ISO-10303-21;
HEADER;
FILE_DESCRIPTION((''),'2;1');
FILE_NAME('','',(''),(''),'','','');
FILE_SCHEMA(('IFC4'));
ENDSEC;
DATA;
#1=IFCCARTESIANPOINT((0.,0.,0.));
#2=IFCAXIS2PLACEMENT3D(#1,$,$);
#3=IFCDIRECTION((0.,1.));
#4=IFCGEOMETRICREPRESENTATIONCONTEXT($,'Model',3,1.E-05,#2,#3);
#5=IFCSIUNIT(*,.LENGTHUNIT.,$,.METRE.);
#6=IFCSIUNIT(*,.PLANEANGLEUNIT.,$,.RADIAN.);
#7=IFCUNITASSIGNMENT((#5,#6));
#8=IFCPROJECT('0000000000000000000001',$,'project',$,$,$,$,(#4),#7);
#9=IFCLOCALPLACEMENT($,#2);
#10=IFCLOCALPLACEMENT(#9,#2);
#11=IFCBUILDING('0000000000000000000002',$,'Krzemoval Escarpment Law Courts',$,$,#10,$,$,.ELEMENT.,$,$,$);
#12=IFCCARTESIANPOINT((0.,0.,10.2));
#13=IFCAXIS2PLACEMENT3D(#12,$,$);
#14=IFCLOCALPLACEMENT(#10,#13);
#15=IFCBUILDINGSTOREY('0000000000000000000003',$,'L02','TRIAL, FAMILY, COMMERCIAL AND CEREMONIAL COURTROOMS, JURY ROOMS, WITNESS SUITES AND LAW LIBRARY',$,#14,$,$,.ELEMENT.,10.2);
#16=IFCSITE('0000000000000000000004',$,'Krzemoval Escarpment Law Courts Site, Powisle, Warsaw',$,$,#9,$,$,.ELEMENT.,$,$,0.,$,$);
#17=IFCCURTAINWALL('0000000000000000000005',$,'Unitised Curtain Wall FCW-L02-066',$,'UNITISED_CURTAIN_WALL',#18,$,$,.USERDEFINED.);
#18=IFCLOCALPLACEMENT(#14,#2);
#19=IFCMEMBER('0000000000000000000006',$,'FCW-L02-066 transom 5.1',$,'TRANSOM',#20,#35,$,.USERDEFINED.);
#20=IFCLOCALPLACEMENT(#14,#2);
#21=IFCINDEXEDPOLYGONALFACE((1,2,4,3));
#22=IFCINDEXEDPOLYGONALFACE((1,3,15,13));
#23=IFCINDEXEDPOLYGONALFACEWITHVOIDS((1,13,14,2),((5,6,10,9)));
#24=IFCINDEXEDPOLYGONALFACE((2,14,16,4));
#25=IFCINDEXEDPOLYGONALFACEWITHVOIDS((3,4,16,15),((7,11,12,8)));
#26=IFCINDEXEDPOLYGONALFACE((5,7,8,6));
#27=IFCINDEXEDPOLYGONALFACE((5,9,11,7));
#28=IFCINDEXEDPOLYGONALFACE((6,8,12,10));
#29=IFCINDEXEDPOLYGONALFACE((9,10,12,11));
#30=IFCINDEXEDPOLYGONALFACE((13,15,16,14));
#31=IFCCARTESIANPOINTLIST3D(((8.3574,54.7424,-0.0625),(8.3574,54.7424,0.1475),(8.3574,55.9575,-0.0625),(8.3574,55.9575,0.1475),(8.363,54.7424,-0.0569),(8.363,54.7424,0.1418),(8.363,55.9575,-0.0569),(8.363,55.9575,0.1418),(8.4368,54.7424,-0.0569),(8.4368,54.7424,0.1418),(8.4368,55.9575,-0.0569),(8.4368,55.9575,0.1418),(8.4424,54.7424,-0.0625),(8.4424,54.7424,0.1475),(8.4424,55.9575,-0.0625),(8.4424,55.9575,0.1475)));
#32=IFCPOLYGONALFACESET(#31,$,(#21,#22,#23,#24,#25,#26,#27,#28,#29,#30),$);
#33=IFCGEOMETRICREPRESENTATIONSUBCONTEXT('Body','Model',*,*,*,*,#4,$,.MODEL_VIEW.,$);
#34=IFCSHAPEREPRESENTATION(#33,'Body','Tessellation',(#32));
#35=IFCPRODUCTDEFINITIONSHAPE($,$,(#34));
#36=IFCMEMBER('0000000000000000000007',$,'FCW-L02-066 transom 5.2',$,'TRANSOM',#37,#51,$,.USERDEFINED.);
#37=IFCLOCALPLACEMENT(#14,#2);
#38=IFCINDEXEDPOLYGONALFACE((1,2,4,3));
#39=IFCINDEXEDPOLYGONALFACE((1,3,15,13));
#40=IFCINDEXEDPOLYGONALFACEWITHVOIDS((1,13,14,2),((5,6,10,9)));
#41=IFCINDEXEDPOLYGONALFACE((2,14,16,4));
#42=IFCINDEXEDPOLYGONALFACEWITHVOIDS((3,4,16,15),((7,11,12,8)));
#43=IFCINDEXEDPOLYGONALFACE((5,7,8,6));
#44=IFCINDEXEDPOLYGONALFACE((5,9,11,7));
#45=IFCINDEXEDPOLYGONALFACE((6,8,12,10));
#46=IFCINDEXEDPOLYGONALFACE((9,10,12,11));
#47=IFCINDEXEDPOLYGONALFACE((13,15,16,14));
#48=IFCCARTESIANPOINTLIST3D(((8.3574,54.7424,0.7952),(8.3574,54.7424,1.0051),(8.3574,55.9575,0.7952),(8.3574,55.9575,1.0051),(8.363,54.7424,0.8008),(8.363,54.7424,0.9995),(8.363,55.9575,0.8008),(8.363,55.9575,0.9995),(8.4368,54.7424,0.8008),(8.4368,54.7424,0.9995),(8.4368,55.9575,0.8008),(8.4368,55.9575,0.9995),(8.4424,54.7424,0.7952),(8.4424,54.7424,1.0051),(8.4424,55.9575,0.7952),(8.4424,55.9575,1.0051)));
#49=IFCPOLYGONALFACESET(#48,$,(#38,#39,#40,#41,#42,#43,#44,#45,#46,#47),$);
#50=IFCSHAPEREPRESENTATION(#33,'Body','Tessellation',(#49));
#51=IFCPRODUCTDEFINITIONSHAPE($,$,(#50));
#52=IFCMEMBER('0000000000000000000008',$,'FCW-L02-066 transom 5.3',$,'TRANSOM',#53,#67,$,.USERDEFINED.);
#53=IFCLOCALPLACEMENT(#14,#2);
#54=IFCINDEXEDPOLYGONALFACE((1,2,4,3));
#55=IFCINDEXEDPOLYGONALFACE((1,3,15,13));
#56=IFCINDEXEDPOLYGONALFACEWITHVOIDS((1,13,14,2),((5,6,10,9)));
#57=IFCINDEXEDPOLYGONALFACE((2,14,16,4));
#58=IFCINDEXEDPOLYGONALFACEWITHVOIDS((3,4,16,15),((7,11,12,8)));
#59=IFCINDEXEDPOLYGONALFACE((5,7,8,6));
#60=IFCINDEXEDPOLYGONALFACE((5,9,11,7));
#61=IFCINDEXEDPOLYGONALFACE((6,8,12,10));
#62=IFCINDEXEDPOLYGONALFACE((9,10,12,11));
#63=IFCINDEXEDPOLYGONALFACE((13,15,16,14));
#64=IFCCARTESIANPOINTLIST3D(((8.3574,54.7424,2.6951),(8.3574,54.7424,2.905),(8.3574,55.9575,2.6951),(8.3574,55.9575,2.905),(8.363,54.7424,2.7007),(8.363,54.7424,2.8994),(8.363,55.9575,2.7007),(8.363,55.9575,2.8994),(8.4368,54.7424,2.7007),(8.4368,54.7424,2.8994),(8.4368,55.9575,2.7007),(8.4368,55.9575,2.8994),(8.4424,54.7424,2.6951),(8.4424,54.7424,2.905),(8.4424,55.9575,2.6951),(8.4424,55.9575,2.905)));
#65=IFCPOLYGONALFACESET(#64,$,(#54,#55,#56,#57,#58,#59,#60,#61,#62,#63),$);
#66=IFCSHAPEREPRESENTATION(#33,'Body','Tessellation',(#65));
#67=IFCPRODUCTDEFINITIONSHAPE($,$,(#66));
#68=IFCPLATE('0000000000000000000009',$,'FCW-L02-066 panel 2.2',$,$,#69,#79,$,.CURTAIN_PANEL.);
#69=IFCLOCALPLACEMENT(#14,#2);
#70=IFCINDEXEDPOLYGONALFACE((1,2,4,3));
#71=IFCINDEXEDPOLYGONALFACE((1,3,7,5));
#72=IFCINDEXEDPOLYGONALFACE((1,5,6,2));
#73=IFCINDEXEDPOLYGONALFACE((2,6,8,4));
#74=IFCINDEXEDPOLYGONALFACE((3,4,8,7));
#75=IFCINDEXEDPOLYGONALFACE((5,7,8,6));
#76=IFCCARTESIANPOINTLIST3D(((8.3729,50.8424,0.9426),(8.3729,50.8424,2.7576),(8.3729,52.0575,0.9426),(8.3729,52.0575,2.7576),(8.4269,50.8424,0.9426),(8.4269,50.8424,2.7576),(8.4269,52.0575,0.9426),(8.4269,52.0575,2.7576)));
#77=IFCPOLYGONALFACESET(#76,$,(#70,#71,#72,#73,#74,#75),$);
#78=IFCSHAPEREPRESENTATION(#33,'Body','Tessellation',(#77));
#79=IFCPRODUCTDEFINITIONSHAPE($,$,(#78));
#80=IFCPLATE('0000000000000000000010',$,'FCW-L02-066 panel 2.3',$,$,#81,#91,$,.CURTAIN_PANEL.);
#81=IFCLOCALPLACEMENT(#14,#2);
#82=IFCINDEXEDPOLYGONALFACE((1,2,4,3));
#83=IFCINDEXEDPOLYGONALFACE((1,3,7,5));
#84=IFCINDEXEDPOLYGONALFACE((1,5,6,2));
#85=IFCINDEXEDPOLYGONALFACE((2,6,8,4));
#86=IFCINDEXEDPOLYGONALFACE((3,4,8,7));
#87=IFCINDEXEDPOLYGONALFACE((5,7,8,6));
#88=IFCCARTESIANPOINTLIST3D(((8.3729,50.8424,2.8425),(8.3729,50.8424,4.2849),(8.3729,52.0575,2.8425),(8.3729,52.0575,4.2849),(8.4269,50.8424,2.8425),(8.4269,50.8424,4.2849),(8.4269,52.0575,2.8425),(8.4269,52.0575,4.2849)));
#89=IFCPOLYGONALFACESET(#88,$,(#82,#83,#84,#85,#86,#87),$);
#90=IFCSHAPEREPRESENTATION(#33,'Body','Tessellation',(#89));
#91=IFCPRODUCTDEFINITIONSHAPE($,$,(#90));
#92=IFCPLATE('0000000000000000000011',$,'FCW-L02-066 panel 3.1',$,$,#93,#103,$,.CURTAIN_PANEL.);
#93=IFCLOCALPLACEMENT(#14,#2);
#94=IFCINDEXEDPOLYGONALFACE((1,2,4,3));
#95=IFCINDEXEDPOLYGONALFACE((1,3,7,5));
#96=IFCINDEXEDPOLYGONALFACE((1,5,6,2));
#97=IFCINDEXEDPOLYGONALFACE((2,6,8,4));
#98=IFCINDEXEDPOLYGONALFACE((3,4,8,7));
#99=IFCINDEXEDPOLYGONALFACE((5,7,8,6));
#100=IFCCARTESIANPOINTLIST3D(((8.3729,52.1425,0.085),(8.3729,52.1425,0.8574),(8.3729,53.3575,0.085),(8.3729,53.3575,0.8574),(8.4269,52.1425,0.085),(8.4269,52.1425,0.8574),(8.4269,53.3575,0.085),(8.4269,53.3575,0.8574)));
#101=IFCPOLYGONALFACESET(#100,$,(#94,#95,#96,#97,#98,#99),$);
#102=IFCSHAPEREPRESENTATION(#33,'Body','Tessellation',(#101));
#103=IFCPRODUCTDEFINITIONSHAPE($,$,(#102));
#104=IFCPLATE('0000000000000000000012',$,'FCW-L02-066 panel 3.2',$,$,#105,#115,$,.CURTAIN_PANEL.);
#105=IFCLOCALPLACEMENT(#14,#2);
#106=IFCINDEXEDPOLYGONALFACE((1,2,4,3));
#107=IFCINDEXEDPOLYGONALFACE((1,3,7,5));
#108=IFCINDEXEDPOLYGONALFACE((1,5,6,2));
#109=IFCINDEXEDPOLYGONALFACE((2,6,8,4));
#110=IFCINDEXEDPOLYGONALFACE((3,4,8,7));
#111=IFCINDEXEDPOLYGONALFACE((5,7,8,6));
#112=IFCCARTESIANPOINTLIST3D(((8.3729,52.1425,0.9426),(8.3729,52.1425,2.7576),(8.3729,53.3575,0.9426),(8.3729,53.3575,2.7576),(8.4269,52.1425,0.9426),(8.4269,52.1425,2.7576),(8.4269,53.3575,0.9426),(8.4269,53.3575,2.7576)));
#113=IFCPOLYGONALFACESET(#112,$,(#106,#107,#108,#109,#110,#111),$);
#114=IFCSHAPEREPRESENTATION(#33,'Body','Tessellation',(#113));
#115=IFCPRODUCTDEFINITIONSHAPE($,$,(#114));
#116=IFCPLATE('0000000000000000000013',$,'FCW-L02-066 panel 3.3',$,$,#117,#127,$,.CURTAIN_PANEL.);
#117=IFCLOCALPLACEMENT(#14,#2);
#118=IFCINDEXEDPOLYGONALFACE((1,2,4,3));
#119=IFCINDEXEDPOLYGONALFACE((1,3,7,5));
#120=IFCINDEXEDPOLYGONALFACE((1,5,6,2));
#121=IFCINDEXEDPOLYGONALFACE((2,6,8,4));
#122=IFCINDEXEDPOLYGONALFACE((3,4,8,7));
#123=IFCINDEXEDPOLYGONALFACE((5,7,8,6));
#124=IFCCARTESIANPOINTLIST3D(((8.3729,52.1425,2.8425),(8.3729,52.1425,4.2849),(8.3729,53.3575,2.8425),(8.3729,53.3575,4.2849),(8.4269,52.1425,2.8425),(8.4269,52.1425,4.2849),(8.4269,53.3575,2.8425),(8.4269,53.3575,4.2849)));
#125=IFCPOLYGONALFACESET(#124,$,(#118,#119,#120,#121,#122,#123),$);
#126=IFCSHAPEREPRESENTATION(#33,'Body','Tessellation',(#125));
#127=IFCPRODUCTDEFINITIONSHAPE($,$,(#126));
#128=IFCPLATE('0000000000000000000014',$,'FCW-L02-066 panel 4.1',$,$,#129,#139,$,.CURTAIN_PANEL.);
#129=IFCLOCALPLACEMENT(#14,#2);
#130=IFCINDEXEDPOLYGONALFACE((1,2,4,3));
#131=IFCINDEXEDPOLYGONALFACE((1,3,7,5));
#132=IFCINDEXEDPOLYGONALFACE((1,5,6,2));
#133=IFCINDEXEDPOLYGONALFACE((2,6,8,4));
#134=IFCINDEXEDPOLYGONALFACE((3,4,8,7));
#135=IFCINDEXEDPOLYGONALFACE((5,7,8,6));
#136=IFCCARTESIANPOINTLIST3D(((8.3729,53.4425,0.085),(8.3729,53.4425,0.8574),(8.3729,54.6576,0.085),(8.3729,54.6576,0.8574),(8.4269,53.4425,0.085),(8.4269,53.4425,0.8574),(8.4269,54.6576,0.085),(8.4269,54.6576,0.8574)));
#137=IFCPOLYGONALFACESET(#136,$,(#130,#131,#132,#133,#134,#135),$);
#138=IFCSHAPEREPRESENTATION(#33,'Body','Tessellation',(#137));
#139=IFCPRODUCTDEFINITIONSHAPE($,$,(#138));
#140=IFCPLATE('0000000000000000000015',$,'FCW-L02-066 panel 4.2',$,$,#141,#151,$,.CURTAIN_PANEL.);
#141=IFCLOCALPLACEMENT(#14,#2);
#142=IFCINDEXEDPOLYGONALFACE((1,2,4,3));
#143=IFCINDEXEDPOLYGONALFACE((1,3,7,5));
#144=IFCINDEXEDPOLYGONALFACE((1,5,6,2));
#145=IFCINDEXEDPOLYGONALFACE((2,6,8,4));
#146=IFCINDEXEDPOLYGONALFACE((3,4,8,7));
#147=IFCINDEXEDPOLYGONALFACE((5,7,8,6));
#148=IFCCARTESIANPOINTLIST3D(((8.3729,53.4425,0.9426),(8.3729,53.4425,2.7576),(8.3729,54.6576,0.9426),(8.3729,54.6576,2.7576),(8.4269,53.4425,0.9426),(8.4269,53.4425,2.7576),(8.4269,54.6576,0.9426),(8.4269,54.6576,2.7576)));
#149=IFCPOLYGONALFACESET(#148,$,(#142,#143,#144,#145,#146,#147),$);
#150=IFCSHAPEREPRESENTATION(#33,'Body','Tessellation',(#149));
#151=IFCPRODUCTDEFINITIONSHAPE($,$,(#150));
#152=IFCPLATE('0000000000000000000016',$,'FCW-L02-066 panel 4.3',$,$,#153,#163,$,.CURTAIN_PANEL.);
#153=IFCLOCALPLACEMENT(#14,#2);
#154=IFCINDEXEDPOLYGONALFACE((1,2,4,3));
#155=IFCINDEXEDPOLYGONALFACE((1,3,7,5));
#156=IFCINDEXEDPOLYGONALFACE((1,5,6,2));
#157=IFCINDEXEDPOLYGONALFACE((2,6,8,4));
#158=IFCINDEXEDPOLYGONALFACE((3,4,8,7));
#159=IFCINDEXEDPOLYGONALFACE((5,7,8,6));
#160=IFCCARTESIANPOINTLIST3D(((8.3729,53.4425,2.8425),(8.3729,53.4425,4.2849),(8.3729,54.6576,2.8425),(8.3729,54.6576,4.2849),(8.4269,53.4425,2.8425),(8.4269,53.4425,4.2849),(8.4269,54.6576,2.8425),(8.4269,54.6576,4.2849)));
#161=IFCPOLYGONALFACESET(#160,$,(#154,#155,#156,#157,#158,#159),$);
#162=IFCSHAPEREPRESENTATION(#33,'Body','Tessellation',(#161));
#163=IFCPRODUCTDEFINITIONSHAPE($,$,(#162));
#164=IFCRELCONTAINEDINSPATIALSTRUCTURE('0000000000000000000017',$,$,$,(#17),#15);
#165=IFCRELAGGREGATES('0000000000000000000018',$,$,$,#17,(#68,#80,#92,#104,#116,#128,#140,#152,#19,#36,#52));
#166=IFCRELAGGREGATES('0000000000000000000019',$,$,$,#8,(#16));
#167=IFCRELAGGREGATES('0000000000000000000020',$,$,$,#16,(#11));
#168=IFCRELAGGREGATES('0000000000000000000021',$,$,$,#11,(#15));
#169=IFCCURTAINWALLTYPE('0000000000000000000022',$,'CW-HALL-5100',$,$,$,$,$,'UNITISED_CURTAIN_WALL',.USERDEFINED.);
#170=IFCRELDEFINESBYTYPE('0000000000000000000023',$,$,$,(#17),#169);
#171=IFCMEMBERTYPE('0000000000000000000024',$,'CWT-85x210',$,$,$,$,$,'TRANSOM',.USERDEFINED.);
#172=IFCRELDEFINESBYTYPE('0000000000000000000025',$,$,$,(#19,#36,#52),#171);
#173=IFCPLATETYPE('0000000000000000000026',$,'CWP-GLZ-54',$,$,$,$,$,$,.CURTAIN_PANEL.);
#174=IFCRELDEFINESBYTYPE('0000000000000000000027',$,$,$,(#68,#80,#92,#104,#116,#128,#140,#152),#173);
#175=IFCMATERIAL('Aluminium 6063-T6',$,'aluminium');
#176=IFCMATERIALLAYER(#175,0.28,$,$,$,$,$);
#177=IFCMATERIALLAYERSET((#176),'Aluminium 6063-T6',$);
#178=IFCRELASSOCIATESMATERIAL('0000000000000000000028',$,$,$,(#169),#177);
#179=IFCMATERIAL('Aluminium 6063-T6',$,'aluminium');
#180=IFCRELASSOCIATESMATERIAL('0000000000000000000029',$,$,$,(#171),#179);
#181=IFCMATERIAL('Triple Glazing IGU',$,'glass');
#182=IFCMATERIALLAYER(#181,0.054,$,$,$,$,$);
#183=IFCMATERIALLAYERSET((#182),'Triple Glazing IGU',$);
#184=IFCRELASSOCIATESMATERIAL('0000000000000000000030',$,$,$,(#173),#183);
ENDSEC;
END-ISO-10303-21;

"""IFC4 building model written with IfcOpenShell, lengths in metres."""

from ifc_helpers import new_model, si_unit, direction, frame, origin, origin_2d, place, context, subcontext, project, spatial, rectangle, hollow_rectangle, extrude, material, layer, layer_set, material_profile, profile_set, type_object, element, aggregate, save


model = new_model("IFC4")

# Units and contexts
model_context = context("Model", 3, precision=1e-05, world=origin(), true_north=direction((0.0, 1.0)))
body_context = subcontext(model_context, "Body", "Model", "MODEL_VIEW")
ifc_project = project(units=[si_unit("LENGTHUNIT", "METRE"), si_unit("PLANEANGLEUNIT", "RADIAN")], contexts=[model_context])

# Site, building, storey
site_placement = place(None, origin())
site = spatial("IfcSite", under=ifc_project, at=site_placement, Name="Krzemoval Escarpment Law Courts Site, Powisle, Warsaw", CompositionType="ELEMENT", RefElevation=0.0)
building_placement = place(site_placement, origin())
building = spatial("IfcBuilding", under=site, at=building_placement, Name="Krzemoval Escarpment Law Courts", CompositionType="ELEMENT")
storey_placement = place(building_placement, frame((0.0, 0.0, 10.2)))
storey = spatial("IfcBuildingStorey", under=building, at=storey_placement, Name="L02", Description="TRIAL, FAMILY, COMMERCIAL AND CEREMONIAL COURTROOMS, JURY ROOMS, WITNESS SUITES AND LAW LIBRARY", CompositionType="ELEMENT", Elevation=10.2)

# Curtain wall, members, plates
ifc_material_1 = material(Name="Aluminium 6063-T6", Category="aluminium")
ifc_layer_1 = layer(ifc_material_1, 0.28)
ifc_layer_set_1 = layer_set([ifc_layer_1], Name="Aluminium 6063-T6")
curtain_wall_type = type_object("IfcCurtainWallType", Name="CW-HALL-5100", ElementType="UNITISED_CURTAIN_WALL", PredefinedType="USERDEFINED", material=ifc_layer_set_1)
curtain_wall_placement = place(storey_placement, origin())
curtain_wall = element("IfcCurtainWall", 1, at=curtain_wall_placement, inside=storey, type_object=curtain_wall_type, Name="Unitised Curtain Wall FCW-L02-066", ObjectType="UNITISED_CURTAIN_WALL", PredefinedType="USERDEFINED")
ifc_material_2 = material(Name="Aluminium 6063-T6", Category="aluminium")
ifc_material_profile_1 = material_profile(ifc_material_2, hollow_rectangle(XDim=0.085, YDim=0.21, WallThickness=0.0056, at=origin_2d()), Name="ALU T85x210")
ifc_profile_set_1 = profile_set([ifc_material_profile_1], Name="Aluminium 6063-T6")
member_type_1 = type_object("IfcMemberType", Name="CWT-85x210", ElementType="TRANSOM", PredefinedType="USERDEFINED", material=ifc_profile_set_1)
member_1_placement = place(storey_placement, frame((8.3999, 54.7424, 0.0425), z_axis=(0.0, 1.0, 0.0), x_axis=(-1.0, 0.0, 0.0)))
member_1 = element("IfcMember", 2, at=member_1_placement, type_object=member_type_1, Name="FCW-L02-066 transom 5.1", ObjectType="TRANSOM", PredefinedType="USERDEFINED", context=body_context, shape_type="SweptSolid", body=[
    extrude(hollow_rectangle(XDim=0.085, YDim=0.21, WallThickness=0.0056, at=origin_2d()), origin(), (0.0, 0.0, 1.0), 1.2151),
])
member_2_placement = place(storey_placement, frame((8.3999, 54.7424, 0.9001), z_axis=(0.0, 1.0, 0.0), x_axis=(-1.0, 0.0, 0.0)))
member_2 = element("IfcMember", 3, at=member_2_placement, type_object=member_type_1, Name="FCW-L02-066 transom 5.2", ObjectType="TRANSOM", PredefinedType="USERDEFINED", context=body_context, shape_type="SweptSolid", body=[
    extrude(hollow_rectangle(XDim=0.085, YDim=0.21, WallThickness=0.0056, at=origin_2d()), origin(), (0.0, 0.0, 1.0), 1.2151),
])
member_3_placement = place(storey_placement, frame((8.3999, 54.7424, 2.8), z_axis=(0.0, 1.0, 0.0), x_axis=(-1.0, 0.0, 0.0)))
member_3 = element("IfcMember", 4, at=member_3_placement, type_object=member_type_1, Name="FCW-L02-066 transom 5.3", ObjectType="TRANSOM", PredefinedType="USERDEFINED", context=body_context, shape_type="SweptSolid", body=[
    extrude(hollow_rectangle(XDim=0.085, YDim=0.21, WallThickness=0.0056, at=origin_2d()), origin(), (0.0, 0.0, 1.0), 1.2151),
])
ifc_material_3 = material(Name="Triple Glazing IGU", Category="glass")
ifc_layer_2 = layer(ifc_material_3, 0.054)
ifc_layer_set_2 = layer_set([ifc_layer_2], Name="Triple Glazing IGU")
plate_type = type_object("IfcPlateType", Name="CWP-GLZ-54", PredefinedType="CURTAIN_PANEL", material=ifc_layer_set_2)
plate_1_placement = place(storey_placement, frame((8.3999, 51.45, 0.9426), z_axis=(0.0, 0.0, 1.0), x_axis=(0.0, 1.0, 0.0)))
plate_1 = element("IfcPlate", 5, at=plate_1_placement, type_object=plate_type, Name="FCW-L02-066 panel 2.2", PredefinedType="CURTAIN_PANEL", context=body_context, shape_type="SweptSolid", body=[
    extrude(rectangle(XDim=1.2151, YDim=0.054, at=origin_2d()), origin(), (0.0, 0.0, 1.0), 1.8149),
])
plate_2_placement = place(storey_placement, frame((8.3999, 51.45, 2.8425), z_axis=(0.0, 0.0, 1.0), x_axis=(0.0, 1.0, 0.0)))
plate_2 = element("IfcPlate", 6, at=plate_2_placement, type_object=plate_type, Name="FCW-L02-066 panel 2.3", PredefinedType="CURTAIN_PANEL", context=body_context, shape_type="SweptSolid", body=[
    extrude(rectangle(XDim=1.2151, YDim=0.054, at=origin_2d()), origin(), (0.0, 0.0, 1.0), 1.4424),
])
plate_3_placement = place(storey_placement, frame((8.3999, 52.75, 0.085), z_axis=(0.0, 0.0, 1.0), x_axis=(0.0, 1.0, 0.0)))
plate_3 = element("IfcPlate", 7, at=plate_3_placement, type_object=plate_type, Name="FCW-L02-066 panel 3.1", PredefinedType="CURTAIN_PANEL", context=body_context, shape_type="SweptSolid", body=[
    extrude(rectangle(XDim=1.2151, YDim=0.054, at=origin_2d()), origin(), (0.0, 0.0, 1.0), 0.7725),
])
plate_4_placement = place(storey_placement, frame((8.3999, 52.75, 0.9426), z_axis=(0.0, 0.0, 1.0), x_axis=(0.0, 1.0, 0.0)))
plate_4 = element("IfcPlate", 8, at=plate_4_placement, type_object=plate_type, Name="FCW-L02-066 panel 3.2", PredefinedType="CURTAIN_PANEL", context=body_context, shape_type="SweptSolid", body=[
    extrude(rectangle(XDim=1.2151, YDim=0.054, at=origin_2d()), origin(), (0.0, 0.0, 1.0), 1.8149),
])
plate_5_placement = place(storey_placement, frame((8.3999, 52.75, 2.8425), z_axis=(0.0, 0.0, 1.0), x_axis=(0.0, 1.0, 0.0)))
plate_5 = element("IfcPlate", 9, at=plate_5_placement, type_object=plate_type, Name="FCW-L02-066 panel 3.3", PredefinedType="CURTAIN_PANEL", context=body_context, shape_type="SweptSolid", body=[
    extrude(rectangle(XDim=1.2151, YDim=0.054, at=origin_2d()), origin(), (0.0, 0.0, 1.0), 1.4424),
])
plate_6_placement = place(storey_placement, frame((8.3999, 54.05, 0.085), z_axis=(0.0, 0.0, 1.0), x_axis=(0.0, 1.0, 0.0)))
plate_6 = element("IfcPlate", 10, at=plate_6_placement, type_object=plate_type, Name="FCW-L02-066 panel 4.1", PredefinedType="CURTAIN_PANEL", context=body_context, shape_type="SweptSolid", body=[
    extrude(rectangle(XDim=1.2151, YDim=0.054, at=origin_2d()), origin(), (0.0, 0.0, 1.0), 0.7725),
])
plate_7_placement = place(storey_placement, frame((8.3999, 54.05, 0.9426), z_axis=(0.0, 0.0, 1.0), x_axis=(0.0, 1.0, 0.0)))
plate_7 = element("IfcPlate", 11, at=plate_7_placement, type_object=plate_type, Name="FCW-L02-066 panel 4.2", PredefinedType="CURTAIN_PANEL", context=body_context, shape_type="SweptSolid", body=[
    extrude(rectangle(XDim=1.2151, YDim=0.054, at=origin_2d()), origin(), (0.0, 0.0, 1.0), 1.8149),
])
plate_8_placement = place(storey_placement, frame((8.3999, 54.05, 2.8425), z_axis=(0.0, 0.0, 1.0), x_axis=(0.0, 1.0, 0.0)))
plate_8 = element("IfcPlate", 12, at=plate_8_placement, type_object=plate_type, Name="FCW-L02-066 panel 4.3", PredefinedType="CURTAIN_PANEL", context=body_context, shape_type="SweptSolid", body=[
    extrude(rectangle(XDim=1.2151, YDim=0.054, at=origin_2d()), origin(), (0.0, 0.0, 1.0), 1.4424),
])
aggregate(curtain_wall, [plate_1, plate_2, plate_3, plate_4, plate_5, plate_6, plate_7, plate_8, member_1, member_2, member_3])

save(model, "model.ifc")
